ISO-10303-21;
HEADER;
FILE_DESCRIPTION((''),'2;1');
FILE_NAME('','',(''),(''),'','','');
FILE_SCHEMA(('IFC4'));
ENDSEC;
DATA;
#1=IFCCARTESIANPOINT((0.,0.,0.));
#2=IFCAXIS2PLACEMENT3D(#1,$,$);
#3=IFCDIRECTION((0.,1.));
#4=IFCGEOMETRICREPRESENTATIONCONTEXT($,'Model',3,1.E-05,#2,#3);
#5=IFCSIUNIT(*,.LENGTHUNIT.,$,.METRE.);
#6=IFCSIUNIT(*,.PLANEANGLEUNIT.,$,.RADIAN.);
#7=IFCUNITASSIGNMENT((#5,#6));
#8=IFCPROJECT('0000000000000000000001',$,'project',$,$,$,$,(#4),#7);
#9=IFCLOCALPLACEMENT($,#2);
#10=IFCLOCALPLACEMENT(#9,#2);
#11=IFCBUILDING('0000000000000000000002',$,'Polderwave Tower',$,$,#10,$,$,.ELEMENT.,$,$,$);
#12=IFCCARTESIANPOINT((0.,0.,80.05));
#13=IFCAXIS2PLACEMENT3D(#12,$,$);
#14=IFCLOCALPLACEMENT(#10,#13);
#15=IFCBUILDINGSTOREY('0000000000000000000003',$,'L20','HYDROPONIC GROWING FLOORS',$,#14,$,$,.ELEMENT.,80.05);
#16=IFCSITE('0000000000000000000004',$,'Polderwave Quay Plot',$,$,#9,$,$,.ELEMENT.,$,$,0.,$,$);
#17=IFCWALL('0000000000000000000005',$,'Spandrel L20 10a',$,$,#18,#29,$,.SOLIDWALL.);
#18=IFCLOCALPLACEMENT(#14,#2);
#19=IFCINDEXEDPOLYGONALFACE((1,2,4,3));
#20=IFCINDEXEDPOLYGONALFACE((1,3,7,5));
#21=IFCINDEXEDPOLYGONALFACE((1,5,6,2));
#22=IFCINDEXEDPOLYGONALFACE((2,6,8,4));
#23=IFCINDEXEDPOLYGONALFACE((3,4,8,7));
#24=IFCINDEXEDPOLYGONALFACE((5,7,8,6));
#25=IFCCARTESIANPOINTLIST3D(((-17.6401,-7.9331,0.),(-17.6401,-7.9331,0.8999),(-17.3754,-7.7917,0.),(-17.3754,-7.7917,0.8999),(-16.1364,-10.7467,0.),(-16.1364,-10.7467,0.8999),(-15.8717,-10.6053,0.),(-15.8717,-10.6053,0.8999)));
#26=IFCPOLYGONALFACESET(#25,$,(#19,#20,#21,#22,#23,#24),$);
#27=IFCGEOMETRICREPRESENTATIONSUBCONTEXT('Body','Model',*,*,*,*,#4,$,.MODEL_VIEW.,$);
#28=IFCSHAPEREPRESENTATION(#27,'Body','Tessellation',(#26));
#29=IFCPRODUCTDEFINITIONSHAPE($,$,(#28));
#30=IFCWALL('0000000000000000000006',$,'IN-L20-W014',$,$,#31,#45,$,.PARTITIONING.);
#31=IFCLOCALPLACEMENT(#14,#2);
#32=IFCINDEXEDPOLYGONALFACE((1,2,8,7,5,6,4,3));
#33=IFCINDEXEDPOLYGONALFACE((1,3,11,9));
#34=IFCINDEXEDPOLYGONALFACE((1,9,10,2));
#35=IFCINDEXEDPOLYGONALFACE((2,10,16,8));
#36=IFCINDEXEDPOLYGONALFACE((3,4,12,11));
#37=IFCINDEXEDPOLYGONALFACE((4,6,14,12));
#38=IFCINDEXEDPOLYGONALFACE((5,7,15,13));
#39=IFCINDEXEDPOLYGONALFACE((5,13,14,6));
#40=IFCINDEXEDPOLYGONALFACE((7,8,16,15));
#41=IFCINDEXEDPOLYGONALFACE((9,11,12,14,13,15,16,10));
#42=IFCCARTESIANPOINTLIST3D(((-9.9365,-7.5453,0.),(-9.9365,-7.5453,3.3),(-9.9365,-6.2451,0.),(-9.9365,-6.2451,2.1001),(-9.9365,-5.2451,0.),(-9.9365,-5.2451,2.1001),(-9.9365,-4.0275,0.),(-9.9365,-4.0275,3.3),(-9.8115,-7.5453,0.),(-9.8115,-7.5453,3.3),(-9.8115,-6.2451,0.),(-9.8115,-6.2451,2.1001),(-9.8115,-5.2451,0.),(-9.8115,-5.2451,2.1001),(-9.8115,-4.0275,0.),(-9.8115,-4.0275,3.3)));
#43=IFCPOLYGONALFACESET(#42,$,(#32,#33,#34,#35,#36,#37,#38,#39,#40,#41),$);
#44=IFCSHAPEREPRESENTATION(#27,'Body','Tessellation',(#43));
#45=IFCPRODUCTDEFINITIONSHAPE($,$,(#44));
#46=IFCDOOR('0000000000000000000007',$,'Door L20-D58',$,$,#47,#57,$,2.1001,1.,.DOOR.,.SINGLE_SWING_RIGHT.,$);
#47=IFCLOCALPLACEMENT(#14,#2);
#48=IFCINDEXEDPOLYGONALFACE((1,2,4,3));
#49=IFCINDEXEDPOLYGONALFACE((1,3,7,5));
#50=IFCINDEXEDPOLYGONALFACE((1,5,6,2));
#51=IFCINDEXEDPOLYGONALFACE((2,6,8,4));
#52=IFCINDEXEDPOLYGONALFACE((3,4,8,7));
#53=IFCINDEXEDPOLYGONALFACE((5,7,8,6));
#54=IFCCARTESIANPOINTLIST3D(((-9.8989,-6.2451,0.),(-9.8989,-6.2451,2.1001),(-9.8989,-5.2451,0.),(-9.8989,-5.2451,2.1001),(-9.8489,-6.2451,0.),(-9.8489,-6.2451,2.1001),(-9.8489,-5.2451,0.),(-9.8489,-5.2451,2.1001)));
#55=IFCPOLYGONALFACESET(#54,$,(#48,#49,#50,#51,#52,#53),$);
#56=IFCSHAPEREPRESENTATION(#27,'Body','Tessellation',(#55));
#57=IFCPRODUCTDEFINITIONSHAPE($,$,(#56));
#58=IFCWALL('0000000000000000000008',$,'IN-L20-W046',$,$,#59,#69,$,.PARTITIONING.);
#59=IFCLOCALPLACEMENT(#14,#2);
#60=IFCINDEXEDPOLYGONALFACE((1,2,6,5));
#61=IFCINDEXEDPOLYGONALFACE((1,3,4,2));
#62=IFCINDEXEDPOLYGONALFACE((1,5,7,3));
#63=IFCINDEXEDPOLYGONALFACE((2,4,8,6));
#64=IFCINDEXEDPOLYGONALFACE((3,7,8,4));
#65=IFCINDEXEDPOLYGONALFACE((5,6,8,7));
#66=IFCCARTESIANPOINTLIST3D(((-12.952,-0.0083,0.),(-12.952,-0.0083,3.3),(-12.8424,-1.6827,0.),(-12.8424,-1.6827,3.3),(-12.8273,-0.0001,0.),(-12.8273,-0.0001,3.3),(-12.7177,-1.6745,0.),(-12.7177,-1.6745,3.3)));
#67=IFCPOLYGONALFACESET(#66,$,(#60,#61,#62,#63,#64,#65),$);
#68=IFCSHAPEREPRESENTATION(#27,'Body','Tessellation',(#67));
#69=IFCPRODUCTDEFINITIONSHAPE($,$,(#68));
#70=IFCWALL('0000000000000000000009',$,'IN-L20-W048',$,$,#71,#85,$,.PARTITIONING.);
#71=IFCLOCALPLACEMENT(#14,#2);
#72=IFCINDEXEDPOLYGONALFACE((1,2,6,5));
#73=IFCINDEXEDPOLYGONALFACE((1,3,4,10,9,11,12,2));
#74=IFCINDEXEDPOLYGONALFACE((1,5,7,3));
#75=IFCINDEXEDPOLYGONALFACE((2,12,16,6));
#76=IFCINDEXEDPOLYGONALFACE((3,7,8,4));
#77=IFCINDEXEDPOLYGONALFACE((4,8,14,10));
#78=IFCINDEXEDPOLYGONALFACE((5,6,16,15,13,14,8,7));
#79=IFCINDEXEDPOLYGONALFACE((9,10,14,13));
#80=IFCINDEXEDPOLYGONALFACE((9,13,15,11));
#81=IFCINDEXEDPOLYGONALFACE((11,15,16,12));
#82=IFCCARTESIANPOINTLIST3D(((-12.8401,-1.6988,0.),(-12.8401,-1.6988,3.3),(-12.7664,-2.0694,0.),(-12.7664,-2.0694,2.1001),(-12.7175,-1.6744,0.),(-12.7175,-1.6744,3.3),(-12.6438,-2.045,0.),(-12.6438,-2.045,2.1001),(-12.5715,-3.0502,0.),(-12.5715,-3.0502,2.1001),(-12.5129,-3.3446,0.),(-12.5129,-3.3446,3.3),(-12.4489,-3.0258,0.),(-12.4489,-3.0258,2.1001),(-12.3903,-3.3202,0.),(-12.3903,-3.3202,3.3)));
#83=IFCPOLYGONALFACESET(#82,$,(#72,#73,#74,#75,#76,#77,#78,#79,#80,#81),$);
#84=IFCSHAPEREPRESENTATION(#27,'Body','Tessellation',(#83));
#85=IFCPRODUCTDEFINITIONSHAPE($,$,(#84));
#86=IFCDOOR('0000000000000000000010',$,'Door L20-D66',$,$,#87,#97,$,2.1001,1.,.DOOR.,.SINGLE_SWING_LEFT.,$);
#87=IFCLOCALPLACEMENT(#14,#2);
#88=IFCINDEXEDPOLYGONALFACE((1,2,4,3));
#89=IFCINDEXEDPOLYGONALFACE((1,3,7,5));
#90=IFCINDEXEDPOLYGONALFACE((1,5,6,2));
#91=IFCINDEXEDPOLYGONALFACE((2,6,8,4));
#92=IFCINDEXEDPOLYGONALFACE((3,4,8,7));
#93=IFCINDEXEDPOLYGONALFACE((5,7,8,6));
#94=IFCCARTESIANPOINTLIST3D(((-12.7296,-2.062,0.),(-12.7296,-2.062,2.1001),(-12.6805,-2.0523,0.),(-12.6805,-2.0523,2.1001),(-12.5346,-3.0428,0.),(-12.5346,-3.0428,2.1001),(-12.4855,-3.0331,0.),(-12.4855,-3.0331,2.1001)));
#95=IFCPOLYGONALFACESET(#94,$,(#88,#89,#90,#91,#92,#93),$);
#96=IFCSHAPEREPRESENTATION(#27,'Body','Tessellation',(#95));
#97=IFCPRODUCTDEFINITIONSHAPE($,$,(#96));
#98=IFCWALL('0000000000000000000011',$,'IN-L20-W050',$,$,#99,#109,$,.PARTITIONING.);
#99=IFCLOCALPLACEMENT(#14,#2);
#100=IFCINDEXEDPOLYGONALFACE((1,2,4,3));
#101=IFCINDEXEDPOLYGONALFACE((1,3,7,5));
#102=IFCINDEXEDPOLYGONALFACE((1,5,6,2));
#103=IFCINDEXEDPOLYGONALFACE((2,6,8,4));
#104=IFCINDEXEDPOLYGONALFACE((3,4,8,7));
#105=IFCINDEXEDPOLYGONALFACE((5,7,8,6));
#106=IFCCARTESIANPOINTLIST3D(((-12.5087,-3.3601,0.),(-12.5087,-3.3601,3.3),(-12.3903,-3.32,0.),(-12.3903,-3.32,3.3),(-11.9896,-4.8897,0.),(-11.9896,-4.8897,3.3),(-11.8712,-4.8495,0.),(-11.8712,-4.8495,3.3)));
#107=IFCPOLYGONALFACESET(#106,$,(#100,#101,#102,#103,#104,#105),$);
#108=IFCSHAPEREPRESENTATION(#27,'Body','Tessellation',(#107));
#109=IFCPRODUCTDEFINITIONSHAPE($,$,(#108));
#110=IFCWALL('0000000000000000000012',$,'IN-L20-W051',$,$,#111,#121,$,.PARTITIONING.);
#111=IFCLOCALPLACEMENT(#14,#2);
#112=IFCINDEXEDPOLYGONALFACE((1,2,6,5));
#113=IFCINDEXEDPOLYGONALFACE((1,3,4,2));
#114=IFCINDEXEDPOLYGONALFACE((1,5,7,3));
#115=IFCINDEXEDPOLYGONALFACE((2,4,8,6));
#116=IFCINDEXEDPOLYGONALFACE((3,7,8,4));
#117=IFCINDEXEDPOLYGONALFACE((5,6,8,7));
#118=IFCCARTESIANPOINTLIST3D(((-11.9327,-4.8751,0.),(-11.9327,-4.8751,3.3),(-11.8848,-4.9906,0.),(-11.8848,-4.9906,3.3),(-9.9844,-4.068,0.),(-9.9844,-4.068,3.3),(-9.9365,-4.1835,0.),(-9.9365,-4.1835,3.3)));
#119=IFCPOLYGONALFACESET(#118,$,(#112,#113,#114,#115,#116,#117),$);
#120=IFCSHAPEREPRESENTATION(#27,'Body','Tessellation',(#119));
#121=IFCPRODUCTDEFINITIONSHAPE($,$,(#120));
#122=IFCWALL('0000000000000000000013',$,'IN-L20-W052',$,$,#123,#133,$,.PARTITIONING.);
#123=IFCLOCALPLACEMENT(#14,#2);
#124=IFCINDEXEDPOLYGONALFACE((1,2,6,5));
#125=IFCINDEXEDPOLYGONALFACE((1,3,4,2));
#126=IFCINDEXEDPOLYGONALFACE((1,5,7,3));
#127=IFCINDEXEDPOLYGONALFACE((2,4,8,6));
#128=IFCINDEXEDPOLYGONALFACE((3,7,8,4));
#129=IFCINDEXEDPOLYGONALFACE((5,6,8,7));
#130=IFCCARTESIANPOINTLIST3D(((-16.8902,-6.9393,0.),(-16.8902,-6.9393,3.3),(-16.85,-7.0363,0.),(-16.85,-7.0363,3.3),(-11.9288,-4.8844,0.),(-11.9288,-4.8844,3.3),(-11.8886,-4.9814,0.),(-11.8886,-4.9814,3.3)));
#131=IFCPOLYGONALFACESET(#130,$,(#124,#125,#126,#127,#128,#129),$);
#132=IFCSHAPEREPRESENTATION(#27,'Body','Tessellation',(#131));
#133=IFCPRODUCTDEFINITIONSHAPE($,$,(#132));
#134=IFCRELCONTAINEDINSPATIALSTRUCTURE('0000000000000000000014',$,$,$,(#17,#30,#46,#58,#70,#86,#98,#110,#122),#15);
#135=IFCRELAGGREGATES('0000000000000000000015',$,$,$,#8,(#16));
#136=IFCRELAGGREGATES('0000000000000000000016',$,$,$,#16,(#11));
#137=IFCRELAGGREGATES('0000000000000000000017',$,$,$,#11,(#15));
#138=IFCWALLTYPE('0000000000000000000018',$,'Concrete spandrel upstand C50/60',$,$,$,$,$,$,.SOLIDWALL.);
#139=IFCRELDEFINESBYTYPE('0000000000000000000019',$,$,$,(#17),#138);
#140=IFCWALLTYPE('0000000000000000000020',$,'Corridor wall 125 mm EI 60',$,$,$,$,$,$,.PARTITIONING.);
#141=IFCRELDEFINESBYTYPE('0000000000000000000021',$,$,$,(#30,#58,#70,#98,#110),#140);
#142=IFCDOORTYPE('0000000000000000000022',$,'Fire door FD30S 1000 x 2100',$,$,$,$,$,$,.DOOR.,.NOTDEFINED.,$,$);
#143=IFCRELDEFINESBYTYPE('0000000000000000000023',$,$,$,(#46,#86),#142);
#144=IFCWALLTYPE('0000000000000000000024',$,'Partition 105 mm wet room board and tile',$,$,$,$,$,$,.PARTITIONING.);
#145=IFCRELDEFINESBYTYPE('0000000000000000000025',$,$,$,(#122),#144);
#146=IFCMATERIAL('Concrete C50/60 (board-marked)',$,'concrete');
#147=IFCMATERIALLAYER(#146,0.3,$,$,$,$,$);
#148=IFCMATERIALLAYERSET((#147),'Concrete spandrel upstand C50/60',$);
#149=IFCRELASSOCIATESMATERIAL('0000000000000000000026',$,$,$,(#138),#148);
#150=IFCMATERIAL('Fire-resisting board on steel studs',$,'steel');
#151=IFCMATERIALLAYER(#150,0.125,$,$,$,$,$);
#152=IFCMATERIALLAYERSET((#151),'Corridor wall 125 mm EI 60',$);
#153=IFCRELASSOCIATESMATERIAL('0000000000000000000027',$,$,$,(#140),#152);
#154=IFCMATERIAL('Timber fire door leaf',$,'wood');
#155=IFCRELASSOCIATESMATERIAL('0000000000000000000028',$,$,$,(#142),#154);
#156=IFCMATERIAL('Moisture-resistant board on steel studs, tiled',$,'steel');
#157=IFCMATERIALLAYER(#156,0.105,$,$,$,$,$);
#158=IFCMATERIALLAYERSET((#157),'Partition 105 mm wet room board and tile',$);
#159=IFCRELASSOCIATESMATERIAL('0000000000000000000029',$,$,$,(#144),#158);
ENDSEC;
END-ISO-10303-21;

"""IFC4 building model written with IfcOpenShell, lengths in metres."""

from ifc_helpers import new_model, si_unit, direction, frame, frame_2d, origin, place, context, subcontext, project, spatial, rectangle, extrude, material, layer, layer_set, type_object, element, fill, save


model = new_model("IFC4")

# Units and contexts
model_context = context("Model", 3, precision=1e-05, world=origin(), true_north=direction((0.0, 1.0)))
body_context = subcontext(model_context, "Body", "Model", "MODEL_VIEW")
ifc_project = project(units=[si_unit("LENGTHUNIT", "METRE"), si_unit("PLANEANGLEUNIT", "RADIAN")], contexts=[model_context])

# Site, building, storey
site_placement = place(None, origin())
site = spatial("IfcSite", under=ifc_project, at=site_placement, Name="Polderwave Quay Plot", CompositionType="ELEMENT", RefElevation=0.0)
building_placement = place(site_placement, origin())
building = spatial("IfcBuilding", under=site, at=building_placement, Name="Polderwave Tower", CompositionType="ELEMENT")
storey_placement = place(building_placement, frame((0.0, 0.0, 80.05)))
storey = spatial("IfcBuildingStorey", under=building, at=storey_placement, Name="L20", Description="HYDROPONIC GROWING FLOORS", CompositionType="ELEMENT", Elevation=80.05)

# Wall
ifc_material_1 = material(Name="Concrete C50/60 (board-marked)", Category="concrete")
ifc_layer_1 = layer(ifc_material_1, 0.3)
ifc_layer_set_1 = layer_set([ifc_layer_1], Name="Concrete spandrel upstand C50/60")
wall_type_1 = type_object("IfcWallType", Name="Concrete spandrel upstand C50/60", PredefinedType="SOLIDWALL", material=ifc_layer_set_1)
wall_1_placement = place(storey_placement, frame((-17.5078, -7.8623, 0.0), z_axis=(0.0, 0.0, 1.0), x_axis=(0.471355, -0.881944, 0.0)))
element("IfcWall", 1, at=wall_1_placement, inside=storey, type_object=wall_type_1, Name="Spandrel L20 10a", PredefinedType="SOLIDWALL", context=body_context, shape_type="SweptSolid", body=[
    extrude(rectangle(XDim=3.1902, YDim=0.3, at=frame_2d((1.5952, 0.0))), origin(), (0.0, 0.0, 1.0), 0.8999),
])

# Wall, opening, door
ifc_material_2 = material(Name="Fire-resisting board on steel studs", Category="steel")
ifc_layer_2 = layer(ifc_material_2, 0.125)
ifc_layer_set_2 = layer_set([ifc_layer_2], Name="Corridor wall 125 mm EI 60")
wall_type_2 = type_object("IfcWallType", Name="Corridor wall 125 mm EI 60", PredefinedType="PARTITIONING", material=ifc_layer_set_2)
wall_2_placement = place(storey_placement, frame((-9.874, -7.5452, 0.0), z_axis=(0.0, 0.0, 1.0), x_axis=(0.0, 1.0, 0.0)))
wall_2 = element("IfcWall", 2, at=wall_2_placement, inside=storey, type_object=wall_type_2, Name="IN-L20-W014", PredefinedType="PARTITIONING", context=body_context, shape_type="SweptSolid", body=[
    extrude(rectangle(XDim=3.5178, YDim=0.125, at=frame_2d((1.7588, 0.0))), origin(), (0.0, 0.0, 1.0), 3.3),
])
opening_1_placement = place(wall_2_placement, frame((1.3, 0.0, 0.0)))
opening_1 = element("IfcOpeningElement", 3, at=opening_1_placement, cuts=wall_2, PredefinedType="OPENING", context=body_context, shape_type="SweptSolid", body=[
    extrude(rectangle(XDim=1.0, YDim=2.1001, at=frame_2d((0.5, 1.05))), frame((0.0, 0.0725, 0.0), z_axis=(0.0, -1.0, 0.0), x_axis=(1.0, 0.0, 0.0)), (0.0, 0.0, 1.0), 0.145),
])
ifc_material_3 = material(Name="Timber fire door leaf", Category="wood")
door_type = type_object("IfcDoorType", Name="Fire door FD30S 1000 x 2100", OperationType="NOTDEFINED", PredefinedType="DOOR", material=ifc_material_3)
door_1_placement = place(opening_1_placement, origin())
door_1 = element("IfcDoor", 4, at=door_1_placement, inside=storey, type_object=door_type, Name="Door L20-D58", OperationType="SINGLE_SWING_RIGHT", OverallHeight=2.1001, OverallWidth=1.0, PredefinedType="DOOR", context=body_context, shape_type="SweptSolid", body=[
    extrude(rectangle(XDim=1.0, YDim=2.1001, at=frame_2d((0.5, 1.05))), frame((0.0, 0.0249, 0.0), z_axis=(0.0, -1.0, 0.0), x_axis=(1.0, 0.0, 0.0)), (0.0, 0.0, 1.0), 0.05),
])
fill(opening_1, door_1)

# Wall
wall_3_placement = place(storey_placement, frame((-12.78, -1.6785, 0.0), z_axis=(0.0, 0.0, 1.0), x_axis=(-0.065331, 0.997864, 0.0)))
element("IfcWall", 5, at=wall_3_placement, inside=storey, type_object=wall_type_2, Name="IN-L20-W046", PredefinedType="PARTITIONING", context=body_context, shape_type="SweptSolid", body=[
    extrude(rectangle(XDim=1.678, YDim=0.125, at=frame_2d((0.8389, 0.0))), origin(), (0.0, 0.0, 1.0), 3.3),
])

# Wall, opening, door
wall_4_placement = place(storey_placement, frame((-12.4517, -3.3323, 0.0), z_axis=(0.0, 0.0, 1.0), x_axis=(-0.194969, 0.980809, 0.0)))
wall_4 = element("IfcWall", 6, at=wall_4_placement, inside=storey, type_object=wall_type_2, Name="IN-L20-W048", PredefinedType="PARTITIONING", context=body_context, shape_type="SweptSolid", body=[
    extrude(rectangle(XDim=1.678, YDim=0.125, at=frame_2d((0.8389, 0.0))), origin(), (0.0, 0.0, 1.0), 3.3),
])
opening_2_placement = place(wall_4_placement, frame((0.3, 0.0, 0.0)))
opening_2 = element("IfcOpeningElement", 7, at=opening_2_placement, cuts=wall_4, PredefinedType="OPENING", context=body_context, shape_type="SweptSolid", body=[
    extrude(rectangle(XDim=1.0, YDim=2.1001, at=frame_2d((0.5, 1.05))), frame((0.0, 0.0725, 0.0), z_axis=(0.0, -1.0, 0.0), x_axis=(1.0, 0.0, 0.0)), (0.0, 0.0, 1.0), 0.145),
])
door_2_placement = place(opening_2_placement, origin())
door_2 = element("IfcDoor", 8, at=door_2_placement, inside=storey, type_object=door_type, Name="Door L20-D66", OperationType="SINGLE_SWING_LEFT", OverallHeight=2.1001, OverallWidth=1.0, PredefinedType="DOOR", context=body_context, shape_type="SweptSolid", body=[
    extrude(rectangle(XDim=1.0, YDim=2.1001, at=frame_2d((0.5, 1.05))), frame((0.0, 0.0249, 0.0), z_axis=(0.0, -1.0, 0.0), x_axis=(1.0, 0.0, 0.0)), (0.0, 0.0, 1.0), 0.05),
])
fill(opening_2, door_2)

# Walls
wall_5_placement = place(storey_placement, frame((-11.9304, -4.8696, 0.0), z_axis=(0.0, 0.0, 1.0), x_axis=(-0.321347, 0.946961, 0.0)))
element("IfcWall", 9, at=wall_5_placement, inside=storey, type_object=wall_type_2, Name="IN-L20-W050", PredefinedType="PARTITIONING", context=body_context, shape_type="SweptSolid", body=[
    extrude(rectangle(XDim=1.6152, YDim=0.125, at=frame_2d((0.8076, 0.0))), origin(), (0.0, 0.0, 1.0), 3.3),
])
wall_6_placement = place(storey_placement, frame((-9.9604, -4.1257, 0.0), z_axis=(0.0, 0.0, 1.0), x_axis=(-0.923856, -0.38274, 0.0)))
element("IfcWall", 10, at=wall_6_placement, inside=storey, type_object=wall_type_2, Name="IN-L20-W051", PredefinedType="PARTITIONING", context=body_context, shape_type="SweptSolid", body=[
    extrude(rectangle(XDim=2.1089, YDim=0.125, at=frame_2d((1.0544, 0.0))), origin(), (0.0, 0.0, 1.0), 3.3),
])
ifc_material_4 = material(Name="Moisture-resistant board on steel studs, tiled", Category="steel")
ifc_layer_3 = layer(ifc_material_4, 0.105)
ifc_layer_set_3 = layer_set([ifc_layer_3], Name="Partition 105 mm wet room board and tile")
wall_type_3 = type_object("IfcWallType", Name="Partition 105 mm wet room board and tile", PredefinedType="PARTITIONING", material=ifc_layer_set_3)
wall_7_placement = place(storey_placement, frame((-11.9087, -4.9329, 0.0), z_axis=(0.0, 0.0, 1.0), x_axis=(-0.92389, -0.382658, 0.0)))
element("IfcWall", 11, at=wall_7_placement, inside=storey, type_object=wall_type_3, Name="IN-L20-W052", PredefinedType="PARTITIONING", context=body_context, shape_type="SweptSolid", body=[
    extrude(rectangle(XDim=5.3701, YDim=0.105, at=frame_2d((2.6851, 0.0))), origin(), (0.0, 0.0, 1.0), 3.3),
])

save(model, "model.ifc")
